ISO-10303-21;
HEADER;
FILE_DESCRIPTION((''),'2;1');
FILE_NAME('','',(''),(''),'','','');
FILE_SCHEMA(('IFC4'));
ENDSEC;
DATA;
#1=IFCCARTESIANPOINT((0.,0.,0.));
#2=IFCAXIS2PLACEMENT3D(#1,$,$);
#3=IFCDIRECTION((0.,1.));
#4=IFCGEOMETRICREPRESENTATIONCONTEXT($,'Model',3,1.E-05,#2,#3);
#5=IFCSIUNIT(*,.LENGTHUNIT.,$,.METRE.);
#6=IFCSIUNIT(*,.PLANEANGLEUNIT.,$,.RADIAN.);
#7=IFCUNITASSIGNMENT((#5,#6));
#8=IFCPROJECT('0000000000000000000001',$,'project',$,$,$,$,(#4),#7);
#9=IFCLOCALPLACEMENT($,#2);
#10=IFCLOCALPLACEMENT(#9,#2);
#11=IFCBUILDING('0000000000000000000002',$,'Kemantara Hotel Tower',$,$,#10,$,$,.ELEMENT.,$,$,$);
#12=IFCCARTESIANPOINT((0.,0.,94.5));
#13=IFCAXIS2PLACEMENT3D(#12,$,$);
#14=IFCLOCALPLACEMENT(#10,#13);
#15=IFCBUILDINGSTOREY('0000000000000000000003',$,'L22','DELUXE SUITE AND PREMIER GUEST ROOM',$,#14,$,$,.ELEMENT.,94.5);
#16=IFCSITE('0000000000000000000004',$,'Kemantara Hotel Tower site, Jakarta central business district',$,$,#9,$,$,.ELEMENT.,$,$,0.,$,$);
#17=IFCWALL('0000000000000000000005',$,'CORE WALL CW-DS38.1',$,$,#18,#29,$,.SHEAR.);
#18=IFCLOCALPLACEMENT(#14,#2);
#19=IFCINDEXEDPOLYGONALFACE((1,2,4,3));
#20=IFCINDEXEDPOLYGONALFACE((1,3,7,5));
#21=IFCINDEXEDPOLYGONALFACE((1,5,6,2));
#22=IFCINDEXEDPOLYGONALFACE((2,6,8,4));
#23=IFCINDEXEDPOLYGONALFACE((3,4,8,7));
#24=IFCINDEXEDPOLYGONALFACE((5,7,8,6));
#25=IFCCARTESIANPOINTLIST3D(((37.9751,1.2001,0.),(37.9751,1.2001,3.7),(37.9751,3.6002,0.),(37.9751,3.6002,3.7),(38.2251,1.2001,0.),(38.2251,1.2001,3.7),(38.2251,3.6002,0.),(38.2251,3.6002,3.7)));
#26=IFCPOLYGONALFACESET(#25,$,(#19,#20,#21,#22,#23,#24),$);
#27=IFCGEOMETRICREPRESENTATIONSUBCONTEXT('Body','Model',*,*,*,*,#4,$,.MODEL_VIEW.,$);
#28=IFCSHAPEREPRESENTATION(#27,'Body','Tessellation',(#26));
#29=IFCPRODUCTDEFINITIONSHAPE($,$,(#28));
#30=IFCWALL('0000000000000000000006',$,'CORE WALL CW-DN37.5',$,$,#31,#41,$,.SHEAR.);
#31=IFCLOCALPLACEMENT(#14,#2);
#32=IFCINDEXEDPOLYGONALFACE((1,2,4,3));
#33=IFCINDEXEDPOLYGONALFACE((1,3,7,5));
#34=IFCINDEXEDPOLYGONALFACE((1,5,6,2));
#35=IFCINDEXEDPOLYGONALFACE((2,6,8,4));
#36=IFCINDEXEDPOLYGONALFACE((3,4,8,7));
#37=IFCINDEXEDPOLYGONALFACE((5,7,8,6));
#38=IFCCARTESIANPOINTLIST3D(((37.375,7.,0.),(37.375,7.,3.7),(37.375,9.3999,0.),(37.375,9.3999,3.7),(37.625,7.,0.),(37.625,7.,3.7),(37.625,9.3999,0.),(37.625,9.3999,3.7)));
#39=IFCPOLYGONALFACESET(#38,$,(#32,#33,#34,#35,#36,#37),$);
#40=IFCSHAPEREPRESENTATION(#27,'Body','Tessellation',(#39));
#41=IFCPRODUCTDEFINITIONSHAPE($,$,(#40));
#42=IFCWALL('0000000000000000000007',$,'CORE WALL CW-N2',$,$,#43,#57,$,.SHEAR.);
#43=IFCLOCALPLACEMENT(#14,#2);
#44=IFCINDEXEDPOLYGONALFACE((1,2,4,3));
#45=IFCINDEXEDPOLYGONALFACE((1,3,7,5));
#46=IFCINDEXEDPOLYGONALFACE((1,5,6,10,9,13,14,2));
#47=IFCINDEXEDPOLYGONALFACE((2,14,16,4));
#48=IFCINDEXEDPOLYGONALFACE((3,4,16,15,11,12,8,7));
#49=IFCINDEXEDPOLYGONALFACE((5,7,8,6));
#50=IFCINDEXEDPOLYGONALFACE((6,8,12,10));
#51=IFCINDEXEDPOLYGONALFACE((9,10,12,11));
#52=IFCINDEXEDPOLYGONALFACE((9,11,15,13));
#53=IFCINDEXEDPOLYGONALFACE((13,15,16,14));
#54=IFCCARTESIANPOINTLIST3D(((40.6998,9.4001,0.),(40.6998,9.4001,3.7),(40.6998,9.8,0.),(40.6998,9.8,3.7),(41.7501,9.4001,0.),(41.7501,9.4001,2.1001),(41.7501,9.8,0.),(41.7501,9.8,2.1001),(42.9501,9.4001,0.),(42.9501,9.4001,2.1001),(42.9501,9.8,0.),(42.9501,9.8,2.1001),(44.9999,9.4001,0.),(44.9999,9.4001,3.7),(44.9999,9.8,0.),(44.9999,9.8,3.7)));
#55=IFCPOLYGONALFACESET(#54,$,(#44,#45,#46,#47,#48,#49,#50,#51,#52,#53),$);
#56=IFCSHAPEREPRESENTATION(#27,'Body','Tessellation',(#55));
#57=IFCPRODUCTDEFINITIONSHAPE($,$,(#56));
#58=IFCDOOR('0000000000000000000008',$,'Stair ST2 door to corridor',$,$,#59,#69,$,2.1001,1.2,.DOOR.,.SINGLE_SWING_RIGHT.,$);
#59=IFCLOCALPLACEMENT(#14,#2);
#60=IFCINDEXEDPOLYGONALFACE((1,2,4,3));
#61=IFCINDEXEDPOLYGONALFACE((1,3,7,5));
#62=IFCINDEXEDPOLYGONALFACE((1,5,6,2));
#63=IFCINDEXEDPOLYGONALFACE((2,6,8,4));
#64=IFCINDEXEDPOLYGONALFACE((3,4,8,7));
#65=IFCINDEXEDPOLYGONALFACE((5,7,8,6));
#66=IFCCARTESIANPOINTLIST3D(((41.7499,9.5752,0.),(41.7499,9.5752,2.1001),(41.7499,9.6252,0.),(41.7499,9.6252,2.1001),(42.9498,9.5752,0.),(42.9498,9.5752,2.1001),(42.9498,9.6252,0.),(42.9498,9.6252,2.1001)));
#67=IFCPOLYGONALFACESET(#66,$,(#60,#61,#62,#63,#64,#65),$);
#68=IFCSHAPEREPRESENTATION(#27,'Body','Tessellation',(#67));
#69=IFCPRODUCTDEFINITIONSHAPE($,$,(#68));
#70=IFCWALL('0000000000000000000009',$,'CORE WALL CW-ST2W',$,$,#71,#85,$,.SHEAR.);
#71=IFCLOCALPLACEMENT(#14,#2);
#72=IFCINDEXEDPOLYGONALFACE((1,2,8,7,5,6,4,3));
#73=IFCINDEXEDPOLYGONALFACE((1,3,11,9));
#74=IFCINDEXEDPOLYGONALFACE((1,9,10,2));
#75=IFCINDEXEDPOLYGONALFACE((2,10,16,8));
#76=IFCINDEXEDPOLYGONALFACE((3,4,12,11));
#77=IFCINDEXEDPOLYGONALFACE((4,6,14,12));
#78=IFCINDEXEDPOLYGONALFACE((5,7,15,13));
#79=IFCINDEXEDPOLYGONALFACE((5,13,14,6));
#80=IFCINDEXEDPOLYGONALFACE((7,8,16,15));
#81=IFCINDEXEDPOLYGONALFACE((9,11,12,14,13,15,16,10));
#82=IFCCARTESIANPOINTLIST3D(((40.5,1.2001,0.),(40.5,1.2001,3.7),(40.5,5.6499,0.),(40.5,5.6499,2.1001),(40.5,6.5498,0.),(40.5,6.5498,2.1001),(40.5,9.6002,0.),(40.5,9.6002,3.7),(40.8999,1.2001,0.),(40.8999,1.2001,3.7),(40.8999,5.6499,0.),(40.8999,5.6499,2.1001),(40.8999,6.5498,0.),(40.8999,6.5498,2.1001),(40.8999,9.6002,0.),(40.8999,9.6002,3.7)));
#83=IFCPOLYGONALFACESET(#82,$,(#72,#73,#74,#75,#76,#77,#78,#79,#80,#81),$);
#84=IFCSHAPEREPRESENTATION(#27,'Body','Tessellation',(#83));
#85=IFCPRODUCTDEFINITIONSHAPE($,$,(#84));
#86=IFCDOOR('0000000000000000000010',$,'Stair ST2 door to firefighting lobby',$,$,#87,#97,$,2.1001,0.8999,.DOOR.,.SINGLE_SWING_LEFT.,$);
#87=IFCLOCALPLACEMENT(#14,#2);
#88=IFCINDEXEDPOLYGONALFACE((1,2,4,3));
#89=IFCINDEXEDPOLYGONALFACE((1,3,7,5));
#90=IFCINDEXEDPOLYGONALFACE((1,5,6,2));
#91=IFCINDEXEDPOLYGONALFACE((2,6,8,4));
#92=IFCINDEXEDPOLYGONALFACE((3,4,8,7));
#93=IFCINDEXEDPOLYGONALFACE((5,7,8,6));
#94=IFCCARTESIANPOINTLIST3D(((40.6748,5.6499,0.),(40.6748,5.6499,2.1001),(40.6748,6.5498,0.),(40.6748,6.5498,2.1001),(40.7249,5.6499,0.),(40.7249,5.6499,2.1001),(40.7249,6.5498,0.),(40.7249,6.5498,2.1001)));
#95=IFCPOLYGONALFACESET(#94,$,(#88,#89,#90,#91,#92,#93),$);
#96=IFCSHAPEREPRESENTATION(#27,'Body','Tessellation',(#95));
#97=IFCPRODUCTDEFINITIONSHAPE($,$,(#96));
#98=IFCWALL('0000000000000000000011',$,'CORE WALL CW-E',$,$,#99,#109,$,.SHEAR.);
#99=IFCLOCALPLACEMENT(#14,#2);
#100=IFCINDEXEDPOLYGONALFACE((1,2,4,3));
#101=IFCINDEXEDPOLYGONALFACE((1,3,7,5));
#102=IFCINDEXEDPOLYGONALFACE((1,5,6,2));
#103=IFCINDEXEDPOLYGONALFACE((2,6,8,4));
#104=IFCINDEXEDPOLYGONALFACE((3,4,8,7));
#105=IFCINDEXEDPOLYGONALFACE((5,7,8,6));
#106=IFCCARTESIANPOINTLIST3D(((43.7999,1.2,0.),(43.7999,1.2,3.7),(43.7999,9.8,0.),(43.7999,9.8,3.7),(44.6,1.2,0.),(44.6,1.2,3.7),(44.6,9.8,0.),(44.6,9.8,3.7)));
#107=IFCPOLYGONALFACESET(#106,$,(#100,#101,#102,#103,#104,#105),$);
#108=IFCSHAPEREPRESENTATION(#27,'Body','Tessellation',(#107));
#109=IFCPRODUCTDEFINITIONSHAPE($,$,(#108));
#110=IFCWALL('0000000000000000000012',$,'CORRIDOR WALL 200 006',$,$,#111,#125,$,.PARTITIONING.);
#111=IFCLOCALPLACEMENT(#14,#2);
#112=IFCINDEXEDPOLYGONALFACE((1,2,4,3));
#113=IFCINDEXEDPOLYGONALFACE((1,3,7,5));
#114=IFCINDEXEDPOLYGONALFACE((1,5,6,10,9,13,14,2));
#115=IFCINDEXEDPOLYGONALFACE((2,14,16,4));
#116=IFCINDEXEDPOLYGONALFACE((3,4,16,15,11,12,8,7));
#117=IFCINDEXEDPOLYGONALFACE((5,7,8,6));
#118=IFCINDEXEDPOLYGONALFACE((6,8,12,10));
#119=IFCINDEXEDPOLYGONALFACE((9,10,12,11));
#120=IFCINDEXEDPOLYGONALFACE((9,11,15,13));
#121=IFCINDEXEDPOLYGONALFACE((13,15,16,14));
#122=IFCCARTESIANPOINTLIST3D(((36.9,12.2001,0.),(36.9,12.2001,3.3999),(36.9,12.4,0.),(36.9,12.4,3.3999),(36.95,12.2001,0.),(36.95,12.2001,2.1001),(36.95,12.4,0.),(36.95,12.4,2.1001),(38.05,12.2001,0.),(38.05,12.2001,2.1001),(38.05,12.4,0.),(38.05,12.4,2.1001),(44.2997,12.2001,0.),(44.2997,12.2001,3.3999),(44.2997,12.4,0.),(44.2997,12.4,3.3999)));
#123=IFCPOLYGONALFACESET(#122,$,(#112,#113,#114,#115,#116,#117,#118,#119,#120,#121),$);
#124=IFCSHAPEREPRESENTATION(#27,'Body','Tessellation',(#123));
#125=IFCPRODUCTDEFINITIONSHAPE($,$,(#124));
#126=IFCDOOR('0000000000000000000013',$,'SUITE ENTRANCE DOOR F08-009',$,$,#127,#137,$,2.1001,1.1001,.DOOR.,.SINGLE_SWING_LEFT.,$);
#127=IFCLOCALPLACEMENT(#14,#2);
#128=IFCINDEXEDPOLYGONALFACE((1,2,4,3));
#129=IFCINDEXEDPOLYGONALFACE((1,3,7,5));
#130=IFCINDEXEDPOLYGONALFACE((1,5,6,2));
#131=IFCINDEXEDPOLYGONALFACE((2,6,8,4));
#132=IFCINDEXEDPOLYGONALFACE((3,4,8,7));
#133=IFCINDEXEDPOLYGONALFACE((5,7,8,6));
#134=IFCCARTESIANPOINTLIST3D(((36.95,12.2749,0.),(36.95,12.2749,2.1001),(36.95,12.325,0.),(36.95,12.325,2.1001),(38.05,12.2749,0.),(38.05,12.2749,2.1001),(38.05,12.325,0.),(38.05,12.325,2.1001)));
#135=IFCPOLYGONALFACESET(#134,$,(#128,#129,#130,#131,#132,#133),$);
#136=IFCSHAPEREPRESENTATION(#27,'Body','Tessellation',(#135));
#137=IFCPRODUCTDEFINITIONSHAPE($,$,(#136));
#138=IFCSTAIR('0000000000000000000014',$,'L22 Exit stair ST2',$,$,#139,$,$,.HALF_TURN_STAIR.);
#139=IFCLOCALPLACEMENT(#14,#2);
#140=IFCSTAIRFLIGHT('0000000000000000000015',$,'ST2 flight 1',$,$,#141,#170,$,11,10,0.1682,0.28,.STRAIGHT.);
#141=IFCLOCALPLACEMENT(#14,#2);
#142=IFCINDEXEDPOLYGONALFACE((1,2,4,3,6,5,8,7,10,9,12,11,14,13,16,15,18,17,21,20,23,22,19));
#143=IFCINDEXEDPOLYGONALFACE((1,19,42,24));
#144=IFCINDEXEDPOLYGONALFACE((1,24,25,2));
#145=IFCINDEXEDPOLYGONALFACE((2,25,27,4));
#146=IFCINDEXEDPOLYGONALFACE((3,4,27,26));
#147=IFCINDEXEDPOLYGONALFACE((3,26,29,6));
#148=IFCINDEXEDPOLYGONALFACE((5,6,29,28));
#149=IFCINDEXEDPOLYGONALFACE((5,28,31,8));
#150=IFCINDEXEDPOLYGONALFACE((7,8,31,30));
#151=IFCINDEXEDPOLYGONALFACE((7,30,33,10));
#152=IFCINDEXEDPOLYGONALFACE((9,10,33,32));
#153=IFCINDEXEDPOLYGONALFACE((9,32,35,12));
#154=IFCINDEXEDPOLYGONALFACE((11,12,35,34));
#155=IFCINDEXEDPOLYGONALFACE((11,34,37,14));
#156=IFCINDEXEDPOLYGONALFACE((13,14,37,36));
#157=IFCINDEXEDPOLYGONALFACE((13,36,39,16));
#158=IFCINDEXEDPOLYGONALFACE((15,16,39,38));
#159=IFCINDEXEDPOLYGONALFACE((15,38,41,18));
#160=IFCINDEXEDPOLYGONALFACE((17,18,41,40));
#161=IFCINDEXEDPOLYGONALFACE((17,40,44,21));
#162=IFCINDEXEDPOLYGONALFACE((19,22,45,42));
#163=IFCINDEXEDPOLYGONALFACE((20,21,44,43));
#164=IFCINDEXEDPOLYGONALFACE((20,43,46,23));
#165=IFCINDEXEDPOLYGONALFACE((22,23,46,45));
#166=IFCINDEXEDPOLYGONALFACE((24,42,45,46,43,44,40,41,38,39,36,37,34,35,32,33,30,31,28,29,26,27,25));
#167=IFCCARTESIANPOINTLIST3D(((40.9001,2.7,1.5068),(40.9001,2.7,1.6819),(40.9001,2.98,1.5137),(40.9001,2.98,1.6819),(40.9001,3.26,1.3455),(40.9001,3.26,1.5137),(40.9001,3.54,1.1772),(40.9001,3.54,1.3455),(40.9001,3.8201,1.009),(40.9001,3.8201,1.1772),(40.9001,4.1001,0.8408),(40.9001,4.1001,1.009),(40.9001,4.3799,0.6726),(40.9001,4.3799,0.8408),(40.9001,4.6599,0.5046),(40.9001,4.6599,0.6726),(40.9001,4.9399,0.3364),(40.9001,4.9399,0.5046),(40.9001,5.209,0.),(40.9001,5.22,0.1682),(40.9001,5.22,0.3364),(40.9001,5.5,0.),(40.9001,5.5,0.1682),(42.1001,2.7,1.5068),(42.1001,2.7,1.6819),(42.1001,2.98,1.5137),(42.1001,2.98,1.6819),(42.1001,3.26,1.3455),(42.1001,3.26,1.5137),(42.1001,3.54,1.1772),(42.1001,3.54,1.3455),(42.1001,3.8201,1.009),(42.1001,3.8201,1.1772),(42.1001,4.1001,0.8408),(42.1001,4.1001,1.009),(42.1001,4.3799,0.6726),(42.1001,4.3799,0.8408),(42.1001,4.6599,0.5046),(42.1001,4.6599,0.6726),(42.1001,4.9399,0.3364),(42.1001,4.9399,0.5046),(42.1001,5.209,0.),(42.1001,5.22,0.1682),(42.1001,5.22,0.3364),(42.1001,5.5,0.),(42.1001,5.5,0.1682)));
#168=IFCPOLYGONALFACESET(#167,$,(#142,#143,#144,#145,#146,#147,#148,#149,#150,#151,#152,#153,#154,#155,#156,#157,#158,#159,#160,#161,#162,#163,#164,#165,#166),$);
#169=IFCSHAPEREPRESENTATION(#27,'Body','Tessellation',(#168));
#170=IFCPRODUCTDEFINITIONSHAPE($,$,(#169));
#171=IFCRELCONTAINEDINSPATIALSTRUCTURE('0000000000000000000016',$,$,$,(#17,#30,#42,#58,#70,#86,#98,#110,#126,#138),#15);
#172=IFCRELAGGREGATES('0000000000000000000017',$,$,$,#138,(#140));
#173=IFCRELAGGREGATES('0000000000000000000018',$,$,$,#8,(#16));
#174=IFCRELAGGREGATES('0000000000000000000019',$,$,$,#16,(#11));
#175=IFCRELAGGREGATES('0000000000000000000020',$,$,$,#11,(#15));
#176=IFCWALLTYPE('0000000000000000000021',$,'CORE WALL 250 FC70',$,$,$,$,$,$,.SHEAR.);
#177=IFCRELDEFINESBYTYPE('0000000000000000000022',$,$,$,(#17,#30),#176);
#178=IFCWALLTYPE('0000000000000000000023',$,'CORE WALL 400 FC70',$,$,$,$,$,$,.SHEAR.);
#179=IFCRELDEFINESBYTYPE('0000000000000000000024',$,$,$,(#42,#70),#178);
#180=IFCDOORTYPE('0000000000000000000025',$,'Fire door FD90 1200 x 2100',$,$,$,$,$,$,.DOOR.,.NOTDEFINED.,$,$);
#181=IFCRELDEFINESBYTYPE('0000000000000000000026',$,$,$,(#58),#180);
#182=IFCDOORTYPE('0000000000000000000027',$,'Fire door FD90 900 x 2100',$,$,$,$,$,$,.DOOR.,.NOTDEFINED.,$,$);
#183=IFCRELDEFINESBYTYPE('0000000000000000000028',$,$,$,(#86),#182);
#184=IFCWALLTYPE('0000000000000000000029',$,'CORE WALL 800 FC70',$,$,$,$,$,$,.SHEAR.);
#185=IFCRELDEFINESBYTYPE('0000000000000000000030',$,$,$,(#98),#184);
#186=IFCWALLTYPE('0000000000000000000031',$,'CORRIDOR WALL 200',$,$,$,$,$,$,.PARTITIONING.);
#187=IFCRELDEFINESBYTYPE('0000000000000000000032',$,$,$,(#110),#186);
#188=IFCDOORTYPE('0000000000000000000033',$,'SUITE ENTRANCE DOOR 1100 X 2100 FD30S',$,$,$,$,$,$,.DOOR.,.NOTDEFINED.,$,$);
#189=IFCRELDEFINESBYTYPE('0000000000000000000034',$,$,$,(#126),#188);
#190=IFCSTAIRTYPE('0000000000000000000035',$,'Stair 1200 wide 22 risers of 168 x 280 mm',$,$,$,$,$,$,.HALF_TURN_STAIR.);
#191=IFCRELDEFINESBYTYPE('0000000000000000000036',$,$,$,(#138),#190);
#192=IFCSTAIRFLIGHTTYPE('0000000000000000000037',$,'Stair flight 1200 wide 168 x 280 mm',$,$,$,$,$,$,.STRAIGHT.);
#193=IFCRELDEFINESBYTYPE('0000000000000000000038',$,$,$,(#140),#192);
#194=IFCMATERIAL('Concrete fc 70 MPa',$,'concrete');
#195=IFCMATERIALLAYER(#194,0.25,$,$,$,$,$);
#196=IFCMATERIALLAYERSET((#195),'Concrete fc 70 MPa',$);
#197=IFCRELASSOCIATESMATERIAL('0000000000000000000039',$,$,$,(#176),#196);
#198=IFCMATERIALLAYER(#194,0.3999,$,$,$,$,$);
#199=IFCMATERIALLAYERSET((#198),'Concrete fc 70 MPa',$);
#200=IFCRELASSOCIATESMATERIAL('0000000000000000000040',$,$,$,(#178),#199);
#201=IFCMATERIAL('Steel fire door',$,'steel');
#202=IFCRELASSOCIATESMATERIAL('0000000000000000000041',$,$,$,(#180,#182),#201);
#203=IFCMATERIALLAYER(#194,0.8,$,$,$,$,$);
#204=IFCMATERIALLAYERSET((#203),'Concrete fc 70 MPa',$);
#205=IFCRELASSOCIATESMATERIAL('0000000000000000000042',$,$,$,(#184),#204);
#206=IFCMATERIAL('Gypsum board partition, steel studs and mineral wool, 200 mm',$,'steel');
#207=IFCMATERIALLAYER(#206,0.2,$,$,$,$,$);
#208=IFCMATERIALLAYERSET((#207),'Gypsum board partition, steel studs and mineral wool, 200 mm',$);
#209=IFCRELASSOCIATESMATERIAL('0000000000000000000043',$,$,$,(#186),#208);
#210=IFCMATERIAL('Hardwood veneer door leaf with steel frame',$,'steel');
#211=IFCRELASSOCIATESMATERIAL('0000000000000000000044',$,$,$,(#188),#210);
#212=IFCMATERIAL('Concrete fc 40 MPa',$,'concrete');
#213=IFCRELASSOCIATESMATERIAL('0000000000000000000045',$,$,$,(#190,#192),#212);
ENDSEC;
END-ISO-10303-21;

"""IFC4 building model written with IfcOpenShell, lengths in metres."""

from ifc_helpers import new_model, si_unit, direction, frame, frame_2d, origin, place, context, subcontext, project, spatial, polyline, rectangle, outline, extrude, material, layer, layer_set, type_object, element, fill, aggregate, save


model = new_model("IFC4")

# Units and contexts
model_context = context("Model", 3, precision=1e-05, world=origin(), true_north=direction((0.0, 1.0)))
body_context = subcontext(model_context, "Body", "Model", "MODEL_VIEW")
ifc_project = project(units=[si_unit("LENGTHUNIT", "METRE"), si_unit("PLANEANGLEUNIT", "RADIAN")], contexts=[model_context])

# Site, building, storey
site_placement = place(None, origin())
site = spatial("IfcSite", under=ifc_project, at=site_placement, Name="Kemantara Hotel Tower site, Jakarta central business district", CompositionType="ELEMENT", RefElevation=0.0)
building_placement = place(site_placement, origin())
building = spatial("IfcBuilding", under=site, at=building_placement, Name="Kemantara Hotel Tower", CompositionType="ELEMENT")
storey_placement = place(building_placement, frame((0.0, 0.0, 94.5)))
storey = spatial("IfcBuildingStorey", under=building, at=storey_placement, Name="L22", Description="DELUXE SUITE AND PREMIER GUEST ROOM", CompositionType="ELEMENT", Elevation=94.5)

# Walls
ifc_material_1 = material(Name="Concrete fc 70 MPa", Category="concrete")
ifc_layer_1 = layer(ifc_material_1, 0.25)
ifc_layer_set_1 = layer_set([ifc_layer_1], Name="Concrete fc 70 MPa")
wall_type_1 = type_object("IfcWallType", Name="CORE WALL 250 FC70", PredefinedType="SHEAR", material=ifc_layer_set_1)
wall_1_placement = place(storey_placement, frame((38.1001, 1.2, 0.0), z_axis=(0.0, 0.0, 1.0), x_axis=(0.0, 1.0, 0.0)))
element("IfcWall", 1, at=wall_1_placement, inside=storey, type_object=wall_type_1, Name="CORE WALL CW-DS38.1", PredefinedType="SHEAR", context=body_context, shape_type="SweptSolid", body=[
    extrude(rectangle(XDim=2.4001, YDim=0.25, at=frame_2d((1.2002, 0.0))), origin(), (0.0, 0.0, 1.0), 3.7),
])
wall_2_placement = place(storey_placement, frame((37.5, 7.0, 0.0), z_axis=(0.0, 0.0, 1.0), x_axis=(0.0, 1.0, 0.0)))
element("IfcWall", 2, at=wall_2_placement, inside=storey, type_object=wall_type_1, Name="CORE WALL CW-DN37.5", PredefinedType="SHEAR", context=body_context, shape_type="SweptSolid", body=[
    extrude(rectangle(XDim=2.3999, YDim=0.25, at=frame_2d((1.2, 0.0))), origin(), (0.0, 0.0, 1.0), 3.7),
])

# Walls, openings, doors
ifc_layer_2 = layer(ifc_material_1, 0.3999)
ifc_layer_set_2 = layer_set([ifc_layer_2], Name="Concrete fc 70 MPa")
wall_type_2 = type_object("IfcWallType", Name="CORE WALL 400 FC70", PredefinedType="SHEAR", material=ifc_layer_set_2)
wall_3_placement = place(storey_placement, frame((40.7, 9.6001, 0.0), z_axis=(0.0, 0.0, 1.0), x_axis=(1.0, 0.0, 0.0)))
wall_3 = element("IfcWall", 3, at=wall_3_placement, inside=storey, type_object=wall_type_2, Name="CORE WALL CW-N2", PredefinedType="SHEAR", context=body_context, shape_type="SweptSolid", body=[
    extrude(rectangle(XDim=4.3, YDim=0.3999, at=frame_2d((2.1499, 0.0))), origin(), (0.0, 0.0, 1.0), 3.7),
])
opening_1_placement = place(wall_3_placement, frame((1.05, 0.0, 0.0)))
opening_1 = element("IfcOpeningElement", 4, at=opening_1_placement, cuts=wall_3, PredefinedType="OPENING", context=body_context, shape_type="SweptSolid", body=[
    extrude(rectangle(XDim=1.2, YDim=2.1001, at=frame_2d((0.6001, 1.05))), frame((0.0, 0.21, 0.0), z_axis=(0.0, -1.0, 0.0), x_axis=(1.0, 0.0, 0.0)), (0.0, 0.0, 1.0), 0.4199),
])
ifc_material_2 = material(Name="Steel fire door", Category="steel")
door_type_1 = type_object("IfcDoorType", Name="Fire door FD90 1200 x 2100", OperationType="NOTDEFINED", PredefinedType="DOOR", material=ifc_material_2)
door_1_placement = place(opening_1_placement, frame((1.2, 0.0, 0.0), z_axis=(0.0, 0.0, 1.0), x_axis=(-1.0, 0.0, 0.0)))
door_1 = element("IfcDoor", 5, at=door_1_placement, inside=storey, type_object=door_type_1, Name="Stair ST2 door to corridor", OperationType="SINGLE_SWING_RIGHT", OverallHeight=2.1001, OverallWidth=1.2, PredefinedType="DOOR", context=body_context, shape_type="SweptSolid", body=[
    extrude(rectangle(XDim=1.2, YDim=2.1001, at=frame_2d((0.6001, 1.05))), frame((0.0, 0.0249, 0.0), z_axis=(0.0, -1.0, 0.0), x_axis=(1.0, 0.0, 0.0)), (0.0, 0.0, 1.0), 0.05),
])
fill(opening_1, door_1)
wall_4_placement = place(storey_placement, frame((40.7, 1.2, 0.0), z_axis=(0.0, 0.0, 1.0), x_axis=(0.0, 1.0, 0.0)))
wall_4 = element("IfcWall", 6, at=wall_4_placement, inside=storey, type_object=wall_type_2, Name="CORE WALL CW-ST2W", PredefinedType="SHEAR", context=body_context, shape_type="SweptSolid", body=[
    extrude(rectangle(XDim=8.4001, YDim=0.3999, at=frame_2d((4.2002, 0.0))), origin(), (0.0, 0.0, 1.0), 3.7),
])
opening_2_placement = place(wall_4_placement, frame((4.45, 0.0, 0.0)))
opening_2 = element("IfcOpeningElement", 7, at=opening_2_placement, cuts=wall_4, PredefinedType="OPENING", context=body_context, shape_type="SweptSolid", body=[
    extrude(rectangle(XDim=0.8999, YDim=2.1001, at=frame_2d((0.45, 1.05))), frame((0.0, 0.21, 0.0), z_axis=(0.0, -1.0, 0.0), x_axis=(1.0, 0.0, 0.0)), (0.0, 0.0, 1.0), 0.4199),
])
door_type_2 = type_object("IfcDoorType", Name="Fire door FD90 900 x 2100", OperationType="NOTDEFINED", PredefinedType="DOOR", material=ifc_material_2)
door_2_placement = place(opening_2_placement, frame((0.8999, 0.0, 0.0), z_axis=(0.0, 0.0, 1.0), x_axis=(-1.0, 0.0, 0.0)))
door_2 = element("IfcDoor", 8, at=door_2_placement, inside=storey, type_object=door_type_2, Name="Stair ST2 door to firefighting lobby", OperationType="SINGLE_SWING_LEFT", OverallHeight=2.1001, OverallWidth=0.8999, PredefinedType="DOOR", context=body_context, shape_type="SweptSolid", body=[
    extrude(rectangle(XDim=0.8999, YDim=2.1001, at=frame_2d((0.45, 1.05))), frame((0.0, 0.0249, 0.0), z_axis=(0.0, -1.0, 0.0), x_axis=(1.0, 0.0, 0.0)), (0.0, 0.0, 1.0), 0.05),
])
fill(opening_2, door_2)

# Wall
ifc_layer_3 = layer(ifc_material_1, 0.8)
ifc_layer_set_3 = layer_set([ifc_layer_3], Name="Concrete fc 70 MPa")
wall_type_3 = type_object("IfcWallType", Name="CORE WALL 800 FC70", PredefinedType="SHEAR", material=ifc_layer_set_3)
wall_5_placement = place(storey_placement, frame((44.2, 1.2, 0.0), z_axis=(0.0, 0.0, 1.0), x_axis=(0.0, 1.0, 0.0)))
element("IfcWall", 9, at=wall_5_placement, inside=storey, type_object=wall_type_3, Name="CORE WALL CW-E", PredefinedType="SHEAR", context=body_context, shape_type="SweptSolid", body=[
    extrude(rectangle(XDim=8.6001, YDim=0.8, at=frame_2d((4.3, 0.0))), origin(), (0.0, 0.0, 1.0), 3.7),
])

# Wall, opening, door
ifc_material_3 = material(Name="Gypsum board partition, steel studs and mineral wool, 200 mm", Category="steel")
ifc_layer_4 = layer(ifc_material_3, 0.2)
ifc_layer_set_4 = layer_set([ifc_layer_4], Name="Gypsum board partition, steel studs and mineral wool, 200 mm")
wall_type_4 = type_object("IfcWallType", Name="CORRIDOR WALL 200", PredefinedType="PARTITIONING", material=ifc_layer_set_4)
wall_6_placement = place(storey_placement, frame((36.9001, 12.3, 0.0), z_axis=(0.0, 0.0, 1.0), x_axis=(1.0, 0.0, 0.0)))
wall_6 = element("IfcWall", 10, at=wall_6_placement, inside=storey, type_object=wall_type_4, Name="CORRIDOR WALL 200 006", PredefinedType="PARTITIONING", context=body_context, shape_type="SweptSolid", body=[
    extrude(rectangle(XDim=7.3997, YDim=0.2, at=frame_2d((3.6997, 0.0))), origin(), (0.0, 0.0, 1.0), 3.3999),
])
opening_3_placement = place(wall_6_placement, frame((0.0498, 0.0, 0.0)))
opening_3 = element("IfcOpeningElement", 11, at=opening_3_placement, cuts=wall_6, PredefinedType="OPENING", context=body_context, shape_type="SweptSolid", body=[
    extrude(rectangle(XDim=1.1001, YDim=2.1001, at=frame_2d((0.55, 1.05))), frame((0.0, 0.1099, 0.0), z_axis=(0.0, -1.0, 0.0), x_axis=(1.0, 0.0, 0.0)), (0.0, 0.0, 1.0), 0.22),
])
ifc_material_4 = material(Name="Hardwood veneer door leaf with steel frame", Category="steel")
door_type_3 = type_object("IfcDoorType", Name="SUITE ENTRANCE DOOR 1100 X 2100 FD30S", OperationType="NOTDEFINED", PredefinedType="DOOR", material=ifc_material_4)
door_3_placement = place(opening_3_placement, origin())
door_3 = element("IfcDoor", 12, at=door_3_placement, inside=storey, type_object=door_type_3, Name="SUITE ENTRANCE DOOR F08-009", OperationType="SINGLE_SWING_LEFT", OverallHeight=2.1001, OverallWidth=1.1001, PredefinedType="DOOR", context=body_context, shape_type="SweptSolid", body=[
    extrude(rectangle(XDim=1.1001, YDim=2.1001, at=frame_2d((0.55, 1.05))), frame((0.0, 0.0249, 0.0), z_axis=(0.0, -1.0, 0.0), x_axis=(1.0, 0.0, 0.0)), (0.0, 0.0, 1.0), 0.05),
])
fill(opening_3, door_3)

# Stair, stair flight
ifc_material_5 = material(Name="Concrete fc 40 MPa", Category="concrete")
stair_type = type_object("IfcStairType", Name="Stair 1200 wide 22 risers of 168 x 280 mm", PredefinedType="HALF_TURN_STAIR", material=ifc_material_5)
stair_placement = place(storey_placement, origin())
stair = element("IfcStair", 13, at=stair_placement, inside=storey, type_object=stair_type, Name="L22 Exit stair ST2", PredefinedType="HALF_TURN_STAIR")
stair_flight_type = type_object("IfcStairFlightType", Name="Stair flight 1200 wide 168 x 280 mm", PredefinedType="STRAIGHT", material=ifc_material_5)
stair_flight_1_placement = place(storey_placement, frame((41.5, 5.5, 0.0), z_axis=(0.0, 0.0, 1.0), x_axis=(0.0, -1.0, 0.0)))
stair_flight_1 = element("IfcStairFlight", 14, at=stair_flight_1_placement, type_object=stair_flight_type, Name="ST2 flight 1", NumberOfRisers=11, NumberOfTreads=10, PredefinedType="STRAIGHT", RiserHeight=0.1682, TreadLength=0.28, context=body_context, shape_type="SweptSolid", body=[
    extrude(outline(polyline([(0.0, 0.0), (0.0, 0.1682), (0.28, 0.1682), (0.28, 0.3364), (0.5601, 0.3364), (0.5601, 0.5046), (0.8401, 0.5046), (0.8401, 0.6726), (1.1201, 0.6726), (1.1201, 0.8408), (1.3999, 0.8408), (1.3999, 1.009), (1.6799, 1.009), (1.6799, 1.1772), (1.96, 1.1772), (1.96, 1.3455), (2.24, 1.3455), (2.24, 1.5137), (2.52, 1.5137), (2.52, 1.6819), (2.8, 1.6819), (2.8, 1.8501), (2.8, 1.5068), (0.291, 0.0), (0.0, 0.0)])), frame((0.0, 0.6001, 0.0), z_axis=(0.0, -1.0, 0.0), x_axis=(1.0, 0.0, 0.0)), (0.0, 0.0, 1.0), 1.2),
])
aggregate(stair, [stair_flight_1])

save(model, "model.ifc")
